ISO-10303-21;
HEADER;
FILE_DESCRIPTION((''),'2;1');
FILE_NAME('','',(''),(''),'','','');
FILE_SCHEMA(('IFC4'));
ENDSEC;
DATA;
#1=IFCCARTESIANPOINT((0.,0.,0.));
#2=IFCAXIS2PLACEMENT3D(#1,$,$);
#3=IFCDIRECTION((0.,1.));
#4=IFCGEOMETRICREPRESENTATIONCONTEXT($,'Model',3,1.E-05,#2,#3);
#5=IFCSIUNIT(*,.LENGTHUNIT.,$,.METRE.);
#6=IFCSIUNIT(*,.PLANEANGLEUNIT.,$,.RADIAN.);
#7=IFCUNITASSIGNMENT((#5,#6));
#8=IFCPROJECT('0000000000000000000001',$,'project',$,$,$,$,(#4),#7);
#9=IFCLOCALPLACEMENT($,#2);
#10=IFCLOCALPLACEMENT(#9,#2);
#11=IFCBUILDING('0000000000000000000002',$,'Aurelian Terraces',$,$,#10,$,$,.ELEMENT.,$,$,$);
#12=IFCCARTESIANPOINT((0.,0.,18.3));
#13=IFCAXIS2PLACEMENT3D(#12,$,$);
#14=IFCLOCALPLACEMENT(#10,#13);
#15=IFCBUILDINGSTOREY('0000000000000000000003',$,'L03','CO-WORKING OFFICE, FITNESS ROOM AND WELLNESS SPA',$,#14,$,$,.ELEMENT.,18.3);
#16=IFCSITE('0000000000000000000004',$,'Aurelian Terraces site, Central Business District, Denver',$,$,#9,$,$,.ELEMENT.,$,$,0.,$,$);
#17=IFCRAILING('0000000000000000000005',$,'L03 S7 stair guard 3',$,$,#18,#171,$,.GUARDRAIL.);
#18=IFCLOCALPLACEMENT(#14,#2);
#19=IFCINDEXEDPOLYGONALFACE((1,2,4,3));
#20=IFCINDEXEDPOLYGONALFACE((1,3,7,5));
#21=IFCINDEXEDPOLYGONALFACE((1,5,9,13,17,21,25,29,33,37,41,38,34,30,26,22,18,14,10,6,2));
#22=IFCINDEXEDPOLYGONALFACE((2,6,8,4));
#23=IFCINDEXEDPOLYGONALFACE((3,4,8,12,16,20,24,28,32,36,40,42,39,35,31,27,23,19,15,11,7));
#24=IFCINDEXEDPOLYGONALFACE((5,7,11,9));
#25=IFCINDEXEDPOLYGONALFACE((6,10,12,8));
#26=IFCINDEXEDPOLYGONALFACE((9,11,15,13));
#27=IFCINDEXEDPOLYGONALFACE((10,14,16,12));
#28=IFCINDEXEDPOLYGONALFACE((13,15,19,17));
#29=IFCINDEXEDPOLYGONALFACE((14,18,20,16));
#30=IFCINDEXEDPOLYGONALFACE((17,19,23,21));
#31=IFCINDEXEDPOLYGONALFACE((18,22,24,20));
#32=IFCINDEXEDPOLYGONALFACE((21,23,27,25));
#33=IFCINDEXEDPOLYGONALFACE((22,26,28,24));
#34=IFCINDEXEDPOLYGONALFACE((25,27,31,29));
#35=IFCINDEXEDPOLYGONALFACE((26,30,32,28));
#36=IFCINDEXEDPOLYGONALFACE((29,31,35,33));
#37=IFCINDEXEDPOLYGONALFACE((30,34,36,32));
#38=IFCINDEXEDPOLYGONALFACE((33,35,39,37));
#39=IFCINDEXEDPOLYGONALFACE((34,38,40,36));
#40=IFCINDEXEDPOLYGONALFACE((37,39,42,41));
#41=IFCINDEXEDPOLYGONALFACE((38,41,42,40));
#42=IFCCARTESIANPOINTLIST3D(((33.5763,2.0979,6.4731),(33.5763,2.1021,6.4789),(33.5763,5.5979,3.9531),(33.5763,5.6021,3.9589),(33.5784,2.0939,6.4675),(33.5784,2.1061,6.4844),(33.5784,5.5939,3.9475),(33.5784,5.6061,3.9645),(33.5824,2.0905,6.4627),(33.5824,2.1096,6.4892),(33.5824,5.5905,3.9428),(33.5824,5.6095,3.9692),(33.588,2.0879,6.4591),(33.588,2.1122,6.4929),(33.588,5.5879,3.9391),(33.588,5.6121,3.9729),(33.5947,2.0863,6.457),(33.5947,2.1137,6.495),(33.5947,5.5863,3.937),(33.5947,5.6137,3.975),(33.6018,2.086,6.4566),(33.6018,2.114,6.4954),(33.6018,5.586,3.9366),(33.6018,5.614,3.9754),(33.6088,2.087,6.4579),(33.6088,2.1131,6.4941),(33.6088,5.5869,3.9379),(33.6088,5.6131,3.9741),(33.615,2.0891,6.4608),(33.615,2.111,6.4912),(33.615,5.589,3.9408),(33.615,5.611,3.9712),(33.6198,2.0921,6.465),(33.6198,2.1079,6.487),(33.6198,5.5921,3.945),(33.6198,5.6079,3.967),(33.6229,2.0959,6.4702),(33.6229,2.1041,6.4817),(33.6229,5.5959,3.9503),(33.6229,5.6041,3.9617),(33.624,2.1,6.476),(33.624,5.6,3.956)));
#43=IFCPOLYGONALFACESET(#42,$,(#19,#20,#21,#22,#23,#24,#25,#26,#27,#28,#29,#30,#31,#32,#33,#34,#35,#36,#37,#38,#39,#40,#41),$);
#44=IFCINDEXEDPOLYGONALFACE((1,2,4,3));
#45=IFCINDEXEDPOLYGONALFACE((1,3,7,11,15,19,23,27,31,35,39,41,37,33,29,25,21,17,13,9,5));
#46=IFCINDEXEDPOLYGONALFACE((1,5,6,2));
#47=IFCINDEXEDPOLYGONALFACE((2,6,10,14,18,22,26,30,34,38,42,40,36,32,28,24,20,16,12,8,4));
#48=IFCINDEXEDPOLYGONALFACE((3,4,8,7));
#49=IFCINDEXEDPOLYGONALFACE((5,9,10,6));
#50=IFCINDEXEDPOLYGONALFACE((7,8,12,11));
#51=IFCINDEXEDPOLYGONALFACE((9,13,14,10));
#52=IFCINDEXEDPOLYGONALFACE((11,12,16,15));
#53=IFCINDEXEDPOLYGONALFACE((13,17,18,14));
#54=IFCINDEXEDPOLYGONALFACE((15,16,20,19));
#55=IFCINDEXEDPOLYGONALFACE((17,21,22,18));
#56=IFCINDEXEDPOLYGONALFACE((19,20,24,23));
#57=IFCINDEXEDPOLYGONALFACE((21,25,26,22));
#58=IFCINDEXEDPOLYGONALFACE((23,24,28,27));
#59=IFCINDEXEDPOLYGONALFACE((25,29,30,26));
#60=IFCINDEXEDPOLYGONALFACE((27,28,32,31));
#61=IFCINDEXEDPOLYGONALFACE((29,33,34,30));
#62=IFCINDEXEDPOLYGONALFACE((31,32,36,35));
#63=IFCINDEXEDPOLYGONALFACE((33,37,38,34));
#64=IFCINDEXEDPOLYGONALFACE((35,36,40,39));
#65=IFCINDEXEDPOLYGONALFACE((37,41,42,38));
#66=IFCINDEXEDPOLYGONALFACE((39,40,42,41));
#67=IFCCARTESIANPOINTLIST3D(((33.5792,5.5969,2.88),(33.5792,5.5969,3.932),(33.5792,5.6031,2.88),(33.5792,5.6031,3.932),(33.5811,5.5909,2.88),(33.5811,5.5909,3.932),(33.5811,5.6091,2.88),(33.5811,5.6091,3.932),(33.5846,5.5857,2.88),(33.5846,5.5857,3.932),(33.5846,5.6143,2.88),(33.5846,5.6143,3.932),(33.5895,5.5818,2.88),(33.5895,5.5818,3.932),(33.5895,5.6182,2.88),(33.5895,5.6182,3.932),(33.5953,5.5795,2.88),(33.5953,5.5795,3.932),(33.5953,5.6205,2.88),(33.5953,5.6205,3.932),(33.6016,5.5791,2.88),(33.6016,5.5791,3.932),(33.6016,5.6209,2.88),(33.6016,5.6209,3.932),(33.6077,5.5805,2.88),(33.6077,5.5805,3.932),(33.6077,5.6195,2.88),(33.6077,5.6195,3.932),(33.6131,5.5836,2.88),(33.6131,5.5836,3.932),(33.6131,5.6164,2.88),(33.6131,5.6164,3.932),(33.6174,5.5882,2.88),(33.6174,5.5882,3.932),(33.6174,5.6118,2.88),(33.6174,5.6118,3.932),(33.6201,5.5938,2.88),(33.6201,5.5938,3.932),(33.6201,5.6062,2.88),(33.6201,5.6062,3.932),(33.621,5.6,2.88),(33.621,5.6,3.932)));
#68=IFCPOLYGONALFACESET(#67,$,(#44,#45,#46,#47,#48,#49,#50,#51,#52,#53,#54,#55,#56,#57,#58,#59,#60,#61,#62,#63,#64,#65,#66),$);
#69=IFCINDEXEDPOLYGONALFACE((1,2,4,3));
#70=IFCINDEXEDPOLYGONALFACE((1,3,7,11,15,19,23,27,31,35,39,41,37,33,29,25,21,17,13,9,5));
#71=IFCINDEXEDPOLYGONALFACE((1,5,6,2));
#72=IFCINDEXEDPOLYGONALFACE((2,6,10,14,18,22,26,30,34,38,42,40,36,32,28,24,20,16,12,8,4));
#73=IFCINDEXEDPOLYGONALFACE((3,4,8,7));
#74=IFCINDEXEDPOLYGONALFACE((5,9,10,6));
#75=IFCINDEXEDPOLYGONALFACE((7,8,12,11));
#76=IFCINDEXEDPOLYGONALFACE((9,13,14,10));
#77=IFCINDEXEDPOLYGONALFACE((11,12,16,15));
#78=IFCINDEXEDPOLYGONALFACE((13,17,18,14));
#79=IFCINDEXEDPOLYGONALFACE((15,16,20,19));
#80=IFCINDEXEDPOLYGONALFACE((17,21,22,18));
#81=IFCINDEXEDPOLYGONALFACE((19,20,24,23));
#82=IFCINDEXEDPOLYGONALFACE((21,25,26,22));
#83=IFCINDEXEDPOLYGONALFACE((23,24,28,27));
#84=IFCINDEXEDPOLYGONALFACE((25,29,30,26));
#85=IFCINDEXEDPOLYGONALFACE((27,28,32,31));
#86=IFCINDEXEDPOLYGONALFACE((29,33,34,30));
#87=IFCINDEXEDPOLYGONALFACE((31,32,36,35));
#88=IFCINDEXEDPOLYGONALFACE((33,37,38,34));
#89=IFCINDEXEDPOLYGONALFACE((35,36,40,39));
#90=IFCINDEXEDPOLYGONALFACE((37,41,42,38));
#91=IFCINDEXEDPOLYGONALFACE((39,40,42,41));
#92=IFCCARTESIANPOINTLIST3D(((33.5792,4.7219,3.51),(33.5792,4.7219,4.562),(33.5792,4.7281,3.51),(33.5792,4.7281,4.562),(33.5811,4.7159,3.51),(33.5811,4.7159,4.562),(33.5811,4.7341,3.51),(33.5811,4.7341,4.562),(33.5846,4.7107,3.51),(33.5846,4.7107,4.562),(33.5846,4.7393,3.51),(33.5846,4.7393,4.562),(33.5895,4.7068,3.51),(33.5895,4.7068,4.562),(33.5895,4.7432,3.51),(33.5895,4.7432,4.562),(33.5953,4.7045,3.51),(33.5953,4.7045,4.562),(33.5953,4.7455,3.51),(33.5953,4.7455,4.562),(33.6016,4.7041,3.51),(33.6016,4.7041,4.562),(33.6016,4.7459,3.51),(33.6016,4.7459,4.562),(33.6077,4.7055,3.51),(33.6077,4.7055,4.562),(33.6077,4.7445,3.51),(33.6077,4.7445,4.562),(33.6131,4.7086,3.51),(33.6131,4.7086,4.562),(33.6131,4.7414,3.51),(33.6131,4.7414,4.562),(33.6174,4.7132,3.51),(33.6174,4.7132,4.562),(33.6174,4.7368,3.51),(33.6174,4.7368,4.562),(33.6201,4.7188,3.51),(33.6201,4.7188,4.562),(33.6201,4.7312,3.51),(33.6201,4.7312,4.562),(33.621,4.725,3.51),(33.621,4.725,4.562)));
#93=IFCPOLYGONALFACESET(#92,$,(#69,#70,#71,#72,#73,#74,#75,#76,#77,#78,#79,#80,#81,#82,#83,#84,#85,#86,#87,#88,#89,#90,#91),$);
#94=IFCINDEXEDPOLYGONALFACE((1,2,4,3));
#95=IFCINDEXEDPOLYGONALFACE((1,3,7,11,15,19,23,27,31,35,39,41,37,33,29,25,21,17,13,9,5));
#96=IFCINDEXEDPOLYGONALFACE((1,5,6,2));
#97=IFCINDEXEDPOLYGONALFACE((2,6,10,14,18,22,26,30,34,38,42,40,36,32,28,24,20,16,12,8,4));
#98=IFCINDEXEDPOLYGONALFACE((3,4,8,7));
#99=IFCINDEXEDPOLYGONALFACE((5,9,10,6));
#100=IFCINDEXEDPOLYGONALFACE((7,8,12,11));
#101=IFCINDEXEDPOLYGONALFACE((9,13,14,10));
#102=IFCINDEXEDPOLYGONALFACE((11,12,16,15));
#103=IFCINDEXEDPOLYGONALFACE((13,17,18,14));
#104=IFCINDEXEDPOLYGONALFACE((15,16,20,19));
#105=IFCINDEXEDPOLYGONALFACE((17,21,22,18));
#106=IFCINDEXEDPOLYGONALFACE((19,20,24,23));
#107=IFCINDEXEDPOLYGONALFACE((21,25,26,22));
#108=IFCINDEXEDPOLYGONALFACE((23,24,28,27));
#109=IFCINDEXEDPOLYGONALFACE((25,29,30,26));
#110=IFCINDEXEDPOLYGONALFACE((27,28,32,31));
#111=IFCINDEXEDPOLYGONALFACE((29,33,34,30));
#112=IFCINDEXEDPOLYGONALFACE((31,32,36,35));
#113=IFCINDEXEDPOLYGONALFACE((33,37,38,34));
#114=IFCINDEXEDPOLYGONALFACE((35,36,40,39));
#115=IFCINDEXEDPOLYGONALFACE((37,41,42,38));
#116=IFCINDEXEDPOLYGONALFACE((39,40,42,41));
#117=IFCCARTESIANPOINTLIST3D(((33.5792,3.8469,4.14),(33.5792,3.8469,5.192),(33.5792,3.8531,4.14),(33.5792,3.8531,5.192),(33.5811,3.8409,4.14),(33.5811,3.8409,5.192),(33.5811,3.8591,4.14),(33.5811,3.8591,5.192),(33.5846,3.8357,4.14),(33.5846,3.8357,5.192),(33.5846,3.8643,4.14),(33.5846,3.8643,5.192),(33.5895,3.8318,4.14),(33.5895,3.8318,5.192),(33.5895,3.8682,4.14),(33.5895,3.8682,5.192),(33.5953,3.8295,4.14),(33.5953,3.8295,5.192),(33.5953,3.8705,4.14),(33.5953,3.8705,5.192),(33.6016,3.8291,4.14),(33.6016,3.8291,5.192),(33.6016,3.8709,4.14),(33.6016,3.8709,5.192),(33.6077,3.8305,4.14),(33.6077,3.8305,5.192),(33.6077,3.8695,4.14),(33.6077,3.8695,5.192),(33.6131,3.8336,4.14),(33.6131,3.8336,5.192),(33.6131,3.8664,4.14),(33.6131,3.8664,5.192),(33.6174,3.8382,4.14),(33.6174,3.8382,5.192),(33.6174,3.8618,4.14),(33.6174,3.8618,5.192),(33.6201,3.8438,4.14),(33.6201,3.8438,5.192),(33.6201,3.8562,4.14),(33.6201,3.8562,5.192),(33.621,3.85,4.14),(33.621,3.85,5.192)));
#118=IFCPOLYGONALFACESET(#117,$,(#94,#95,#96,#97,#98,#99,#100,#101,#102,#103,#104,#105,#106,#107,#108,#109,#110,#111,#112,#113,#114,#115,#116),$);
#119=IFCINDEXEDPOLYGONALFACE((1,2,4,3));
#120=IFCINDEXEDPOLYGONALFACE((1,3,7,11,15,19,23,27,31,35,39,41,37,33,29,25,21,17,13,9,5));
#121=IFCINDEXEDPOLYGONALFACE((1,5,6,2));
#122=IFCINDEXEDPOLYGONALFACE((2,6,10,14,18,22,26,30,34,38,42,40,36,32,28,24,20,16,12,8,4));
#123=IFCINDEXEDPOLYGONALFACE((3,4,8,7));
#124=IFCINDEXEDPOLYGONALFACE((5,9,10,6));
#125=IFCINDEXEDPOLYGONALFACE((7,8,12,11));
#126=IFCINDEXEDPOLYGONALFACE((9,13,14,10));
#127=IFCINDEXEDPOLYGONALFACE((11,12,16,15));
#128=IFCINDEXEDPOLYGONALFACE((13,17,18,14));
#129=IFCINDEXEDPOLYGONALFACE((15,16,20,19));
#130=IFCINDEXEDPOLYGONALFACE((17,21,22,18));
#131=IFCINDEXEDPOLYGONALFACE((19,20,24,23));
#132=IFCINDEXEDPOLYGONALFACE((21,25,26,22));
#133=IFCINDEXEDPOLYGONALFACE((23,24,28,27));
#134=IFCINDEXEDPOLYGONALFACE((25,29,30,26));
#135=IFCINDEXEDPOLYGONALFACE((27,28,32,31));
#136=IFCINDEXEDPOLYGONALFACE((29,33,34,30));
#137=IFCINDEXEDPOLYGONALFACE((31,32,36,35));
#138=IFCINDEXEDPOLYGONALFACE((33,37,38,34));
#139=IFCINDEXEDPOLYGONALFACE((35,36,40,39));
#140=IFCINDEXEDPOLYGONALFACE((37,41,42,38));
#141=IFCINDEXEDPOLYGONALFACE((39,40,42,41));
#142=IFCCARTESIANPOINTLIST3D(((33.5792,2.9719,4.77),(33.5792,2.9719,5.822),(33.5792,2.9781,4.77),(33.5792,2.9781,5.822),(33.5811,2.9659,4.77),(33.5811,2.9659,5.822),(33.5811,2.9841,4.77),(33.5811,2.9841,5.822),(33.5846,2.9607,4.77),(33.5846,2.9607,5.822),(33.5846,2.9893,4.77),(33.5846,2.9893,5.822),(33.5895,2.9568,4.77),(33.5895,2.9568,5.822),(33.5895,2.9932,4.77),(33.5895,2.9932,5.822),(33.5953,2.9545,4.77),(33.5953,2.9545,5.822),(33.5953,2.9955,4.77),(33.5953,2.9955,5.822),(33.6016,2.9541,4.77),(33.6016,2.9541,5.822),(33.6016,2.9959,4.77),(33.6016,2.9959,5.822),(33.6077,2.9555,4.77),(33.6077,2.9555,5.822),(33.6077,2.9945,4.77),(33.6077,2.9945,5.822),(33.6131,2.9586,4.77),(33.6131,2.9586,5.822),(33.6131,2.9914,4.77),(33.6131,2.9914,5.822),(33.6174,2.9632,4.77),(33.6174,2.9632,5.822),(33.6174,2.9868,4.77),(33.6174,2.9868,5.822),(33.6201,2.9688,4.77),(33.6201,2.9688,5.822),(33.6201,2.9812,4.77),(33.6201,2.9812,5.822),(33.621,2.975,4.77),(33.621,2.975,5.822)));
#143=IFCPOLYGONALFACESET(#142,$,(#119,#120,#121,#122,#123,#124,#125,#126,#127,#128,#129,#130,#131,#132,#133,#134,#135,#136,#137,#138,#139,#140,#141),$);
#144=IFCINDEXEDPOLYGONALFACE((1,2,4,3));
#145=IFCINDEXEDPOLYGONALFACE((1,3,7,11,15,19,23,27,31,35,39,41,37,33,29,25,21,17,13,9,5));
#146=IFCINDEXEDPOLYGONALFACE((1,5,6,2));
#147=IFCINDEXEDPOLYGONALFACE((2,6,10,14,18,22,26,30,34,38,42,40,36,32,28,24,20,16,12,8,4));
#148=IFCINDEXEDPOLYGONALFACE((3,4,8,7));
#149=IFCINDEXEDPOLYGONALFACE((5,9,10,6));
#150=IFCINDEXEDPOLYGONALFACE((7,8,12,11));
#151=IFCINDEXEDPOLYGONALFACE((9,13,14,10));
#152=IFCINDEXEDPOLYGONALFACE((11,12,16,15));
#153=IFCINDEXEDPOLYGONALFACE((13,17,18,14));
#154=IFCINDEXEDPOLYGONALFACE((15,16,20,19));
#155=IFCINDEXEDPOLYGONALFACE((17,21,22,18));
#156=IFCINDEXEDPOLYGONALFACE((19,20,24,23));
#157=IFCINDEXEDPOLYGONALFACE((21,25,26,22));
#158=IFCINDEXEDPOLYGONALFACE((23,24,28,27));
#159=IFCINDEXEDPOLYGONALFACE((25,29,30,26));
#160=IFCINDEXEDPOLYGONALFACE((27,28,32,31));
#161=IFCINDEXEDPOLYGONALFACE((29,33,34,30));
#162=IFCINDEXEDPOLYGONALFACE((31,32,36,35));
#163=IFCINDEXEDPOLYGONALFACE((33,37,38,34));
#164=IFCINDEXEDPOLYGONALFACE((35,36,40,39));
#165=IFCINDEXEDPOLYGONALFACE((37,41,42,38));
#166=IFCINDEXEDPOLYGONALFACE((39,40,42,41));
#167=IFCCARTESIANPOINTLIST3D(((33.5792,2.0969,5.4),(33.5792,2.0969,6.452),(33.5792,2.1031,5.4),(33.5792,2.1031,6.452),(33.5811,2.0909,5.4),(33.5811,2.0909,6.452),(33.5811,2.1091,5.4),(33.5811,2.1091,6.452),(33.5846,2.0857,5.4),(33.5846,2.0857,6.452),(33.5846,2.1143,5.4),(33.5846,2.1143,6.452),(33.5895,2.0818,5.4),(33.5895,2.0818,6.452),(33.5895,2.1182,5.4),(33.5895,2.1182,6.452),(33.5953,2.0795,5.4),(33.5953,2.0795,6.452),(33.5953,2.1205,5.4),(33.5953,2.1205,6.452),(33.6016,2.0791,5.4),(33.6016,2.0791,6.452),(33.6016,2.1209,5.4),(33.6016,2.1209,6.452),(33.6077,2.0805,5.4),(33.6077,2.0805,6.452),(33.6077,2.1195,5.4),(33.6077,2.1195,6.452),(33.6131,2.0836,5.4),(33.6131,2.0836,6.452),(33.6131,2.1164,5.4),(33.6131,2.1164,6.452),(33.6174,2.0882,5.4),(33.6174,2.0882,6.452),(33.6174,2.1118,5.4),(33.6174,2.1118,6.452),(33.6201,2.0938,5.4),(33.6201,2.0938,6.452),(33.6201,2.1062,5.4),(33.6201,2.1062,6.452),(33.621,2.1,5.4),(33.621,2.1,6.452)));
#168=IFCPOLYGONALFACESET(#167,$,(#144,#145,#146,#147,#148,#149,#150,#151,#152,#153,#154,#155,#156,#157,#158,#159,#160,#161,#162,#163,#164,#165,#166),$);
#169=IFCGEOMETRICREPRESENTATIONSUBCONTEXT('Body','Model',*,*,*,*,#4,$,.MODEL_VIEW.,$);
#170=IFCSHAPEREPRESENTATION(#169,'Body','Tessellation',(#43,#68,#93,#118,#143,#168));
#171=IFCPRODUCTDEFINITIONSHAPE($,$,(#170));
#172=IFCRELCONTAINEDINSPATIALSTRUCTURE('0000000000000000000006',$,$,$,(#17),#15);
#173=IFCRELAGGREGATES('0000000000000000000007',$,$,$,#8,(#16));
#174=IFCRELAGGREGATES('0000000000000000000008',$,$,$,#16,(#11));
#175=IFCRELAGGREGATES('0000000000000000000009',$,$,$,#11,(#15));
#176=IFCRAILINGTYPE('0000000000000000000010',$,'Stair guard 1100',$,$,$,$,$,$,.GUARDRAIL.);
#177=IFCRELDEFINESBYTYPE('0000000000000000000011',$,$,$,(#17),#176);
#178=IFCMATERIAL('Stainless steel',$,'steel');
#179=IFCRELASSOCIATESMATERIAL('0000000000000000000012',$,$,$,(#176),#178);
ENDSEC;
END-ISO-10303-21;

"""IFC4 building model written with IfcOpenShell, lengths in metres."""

from ifc_helpers import new_model, si_unit, direction, frame, origin, origin_2d, place, context, subcontext, project, spatial, circle, extrude, source, transform, mapped, material, type_object, element, save


model = new_model("IFC4")

# Units and contexts
model_context = context("Model", 3, precision=1e-05, world=origin(), true_north=direction((0.0, 1.0)))
body_context = subcontext(model_context, "Body", "Model", "MODEL_VIEW")
ifc_project = project(units=[si_unit("LENGTHUNIT", "METRE"), si_unit("PLANEANGLEUNIT", "RADIAN")], contexts=[model_context])

# Site, building, storey
site_placement = place(None, origin())
site = spatial("IfcSite", under=ifc_project, at=site_placement, Name="Aurelian Terraces site, Central Business District, Denver", CompositionType="ELEMENT", RefElevation=0.0)
building_placement = place(site_placement, origin())
building = spatial("IfcBuilding", under=site, at=building_placement, Name="Aurelian Terraces", CompositionType="ELEMENT")
storey_placement = place(building_placement, frame((0.0, 0.0, 18.3)))
storey = spatial("IfcBuildingStorey", under=building, at=storey_placement, Name="L03", Description="CO-WORKING OFFICE, FITNESS ROOM AND WELLNESS SPA", CompositionType="ELEMENT", Elevation=18.3)

# Railing
ifc_material_1 = material(Name="Stainless steel", Category="steel")
railing_type_1 = type_object("IfcRailingType", Name="Stair guard 1100", PredefinedType="GUARDRAIL", material=ifc_material_1)
shared_shape_1 = source(origin(), body_context, "Body", "SweptSolid", [
    extrude(circle(Radius=0.024, at=origin_2d()), frame((0.0, 0.0, 1.076), z_axis=(0.0, -0.811534, 0.584305), x_axis=(1.0, 0.0, 0.0)), (0.0, 0.0, 1.0), 4.3128),
    extrude(circle(Radius=0.021, at=origin_2d()), origin(), (0.0, 0.0, 1.0), 1.052),
    extrude(circle(Radius=0.021, at=origin_2d()), frame((0.0, -0.875, 0.63)), (0.0, 0.0, 1.0), 1.052),
    extrude(circle(Radius=0.021, at=origin_2d()), frame((0.0, -1.75, 1.26)), (0.0, 0.0, 1.0), 1.052),
    extrude(circle(Radius=0.021, at=origin_2d()), frame((0.0, -2.625, 1.89)), (0.0, 0.0, 1.0), 1.052),
    extrude(circle(Radius=0.021, at=origin_2d()), frame((0.0, -3.5, 2.52)), (0.0, 0.0, 1.0), 1.052),
])
railing_1_placement = place(storey_placement, frame((33.6, 5.6, 2.88)))
element("IfcRailing", 1, at=railing_1_placement, inside=storey, type_object=railing_type_1, Name="L03 S7 stair guard 3", PredefinedType="GUARDRAIL", context=body_context, shape_type="MappedRepresentation", body=[
    mapped(shared_shape_1, transform((0.0, 0.0, 0.0), scale=1.0)),
])

save(model, "model.ifc")
